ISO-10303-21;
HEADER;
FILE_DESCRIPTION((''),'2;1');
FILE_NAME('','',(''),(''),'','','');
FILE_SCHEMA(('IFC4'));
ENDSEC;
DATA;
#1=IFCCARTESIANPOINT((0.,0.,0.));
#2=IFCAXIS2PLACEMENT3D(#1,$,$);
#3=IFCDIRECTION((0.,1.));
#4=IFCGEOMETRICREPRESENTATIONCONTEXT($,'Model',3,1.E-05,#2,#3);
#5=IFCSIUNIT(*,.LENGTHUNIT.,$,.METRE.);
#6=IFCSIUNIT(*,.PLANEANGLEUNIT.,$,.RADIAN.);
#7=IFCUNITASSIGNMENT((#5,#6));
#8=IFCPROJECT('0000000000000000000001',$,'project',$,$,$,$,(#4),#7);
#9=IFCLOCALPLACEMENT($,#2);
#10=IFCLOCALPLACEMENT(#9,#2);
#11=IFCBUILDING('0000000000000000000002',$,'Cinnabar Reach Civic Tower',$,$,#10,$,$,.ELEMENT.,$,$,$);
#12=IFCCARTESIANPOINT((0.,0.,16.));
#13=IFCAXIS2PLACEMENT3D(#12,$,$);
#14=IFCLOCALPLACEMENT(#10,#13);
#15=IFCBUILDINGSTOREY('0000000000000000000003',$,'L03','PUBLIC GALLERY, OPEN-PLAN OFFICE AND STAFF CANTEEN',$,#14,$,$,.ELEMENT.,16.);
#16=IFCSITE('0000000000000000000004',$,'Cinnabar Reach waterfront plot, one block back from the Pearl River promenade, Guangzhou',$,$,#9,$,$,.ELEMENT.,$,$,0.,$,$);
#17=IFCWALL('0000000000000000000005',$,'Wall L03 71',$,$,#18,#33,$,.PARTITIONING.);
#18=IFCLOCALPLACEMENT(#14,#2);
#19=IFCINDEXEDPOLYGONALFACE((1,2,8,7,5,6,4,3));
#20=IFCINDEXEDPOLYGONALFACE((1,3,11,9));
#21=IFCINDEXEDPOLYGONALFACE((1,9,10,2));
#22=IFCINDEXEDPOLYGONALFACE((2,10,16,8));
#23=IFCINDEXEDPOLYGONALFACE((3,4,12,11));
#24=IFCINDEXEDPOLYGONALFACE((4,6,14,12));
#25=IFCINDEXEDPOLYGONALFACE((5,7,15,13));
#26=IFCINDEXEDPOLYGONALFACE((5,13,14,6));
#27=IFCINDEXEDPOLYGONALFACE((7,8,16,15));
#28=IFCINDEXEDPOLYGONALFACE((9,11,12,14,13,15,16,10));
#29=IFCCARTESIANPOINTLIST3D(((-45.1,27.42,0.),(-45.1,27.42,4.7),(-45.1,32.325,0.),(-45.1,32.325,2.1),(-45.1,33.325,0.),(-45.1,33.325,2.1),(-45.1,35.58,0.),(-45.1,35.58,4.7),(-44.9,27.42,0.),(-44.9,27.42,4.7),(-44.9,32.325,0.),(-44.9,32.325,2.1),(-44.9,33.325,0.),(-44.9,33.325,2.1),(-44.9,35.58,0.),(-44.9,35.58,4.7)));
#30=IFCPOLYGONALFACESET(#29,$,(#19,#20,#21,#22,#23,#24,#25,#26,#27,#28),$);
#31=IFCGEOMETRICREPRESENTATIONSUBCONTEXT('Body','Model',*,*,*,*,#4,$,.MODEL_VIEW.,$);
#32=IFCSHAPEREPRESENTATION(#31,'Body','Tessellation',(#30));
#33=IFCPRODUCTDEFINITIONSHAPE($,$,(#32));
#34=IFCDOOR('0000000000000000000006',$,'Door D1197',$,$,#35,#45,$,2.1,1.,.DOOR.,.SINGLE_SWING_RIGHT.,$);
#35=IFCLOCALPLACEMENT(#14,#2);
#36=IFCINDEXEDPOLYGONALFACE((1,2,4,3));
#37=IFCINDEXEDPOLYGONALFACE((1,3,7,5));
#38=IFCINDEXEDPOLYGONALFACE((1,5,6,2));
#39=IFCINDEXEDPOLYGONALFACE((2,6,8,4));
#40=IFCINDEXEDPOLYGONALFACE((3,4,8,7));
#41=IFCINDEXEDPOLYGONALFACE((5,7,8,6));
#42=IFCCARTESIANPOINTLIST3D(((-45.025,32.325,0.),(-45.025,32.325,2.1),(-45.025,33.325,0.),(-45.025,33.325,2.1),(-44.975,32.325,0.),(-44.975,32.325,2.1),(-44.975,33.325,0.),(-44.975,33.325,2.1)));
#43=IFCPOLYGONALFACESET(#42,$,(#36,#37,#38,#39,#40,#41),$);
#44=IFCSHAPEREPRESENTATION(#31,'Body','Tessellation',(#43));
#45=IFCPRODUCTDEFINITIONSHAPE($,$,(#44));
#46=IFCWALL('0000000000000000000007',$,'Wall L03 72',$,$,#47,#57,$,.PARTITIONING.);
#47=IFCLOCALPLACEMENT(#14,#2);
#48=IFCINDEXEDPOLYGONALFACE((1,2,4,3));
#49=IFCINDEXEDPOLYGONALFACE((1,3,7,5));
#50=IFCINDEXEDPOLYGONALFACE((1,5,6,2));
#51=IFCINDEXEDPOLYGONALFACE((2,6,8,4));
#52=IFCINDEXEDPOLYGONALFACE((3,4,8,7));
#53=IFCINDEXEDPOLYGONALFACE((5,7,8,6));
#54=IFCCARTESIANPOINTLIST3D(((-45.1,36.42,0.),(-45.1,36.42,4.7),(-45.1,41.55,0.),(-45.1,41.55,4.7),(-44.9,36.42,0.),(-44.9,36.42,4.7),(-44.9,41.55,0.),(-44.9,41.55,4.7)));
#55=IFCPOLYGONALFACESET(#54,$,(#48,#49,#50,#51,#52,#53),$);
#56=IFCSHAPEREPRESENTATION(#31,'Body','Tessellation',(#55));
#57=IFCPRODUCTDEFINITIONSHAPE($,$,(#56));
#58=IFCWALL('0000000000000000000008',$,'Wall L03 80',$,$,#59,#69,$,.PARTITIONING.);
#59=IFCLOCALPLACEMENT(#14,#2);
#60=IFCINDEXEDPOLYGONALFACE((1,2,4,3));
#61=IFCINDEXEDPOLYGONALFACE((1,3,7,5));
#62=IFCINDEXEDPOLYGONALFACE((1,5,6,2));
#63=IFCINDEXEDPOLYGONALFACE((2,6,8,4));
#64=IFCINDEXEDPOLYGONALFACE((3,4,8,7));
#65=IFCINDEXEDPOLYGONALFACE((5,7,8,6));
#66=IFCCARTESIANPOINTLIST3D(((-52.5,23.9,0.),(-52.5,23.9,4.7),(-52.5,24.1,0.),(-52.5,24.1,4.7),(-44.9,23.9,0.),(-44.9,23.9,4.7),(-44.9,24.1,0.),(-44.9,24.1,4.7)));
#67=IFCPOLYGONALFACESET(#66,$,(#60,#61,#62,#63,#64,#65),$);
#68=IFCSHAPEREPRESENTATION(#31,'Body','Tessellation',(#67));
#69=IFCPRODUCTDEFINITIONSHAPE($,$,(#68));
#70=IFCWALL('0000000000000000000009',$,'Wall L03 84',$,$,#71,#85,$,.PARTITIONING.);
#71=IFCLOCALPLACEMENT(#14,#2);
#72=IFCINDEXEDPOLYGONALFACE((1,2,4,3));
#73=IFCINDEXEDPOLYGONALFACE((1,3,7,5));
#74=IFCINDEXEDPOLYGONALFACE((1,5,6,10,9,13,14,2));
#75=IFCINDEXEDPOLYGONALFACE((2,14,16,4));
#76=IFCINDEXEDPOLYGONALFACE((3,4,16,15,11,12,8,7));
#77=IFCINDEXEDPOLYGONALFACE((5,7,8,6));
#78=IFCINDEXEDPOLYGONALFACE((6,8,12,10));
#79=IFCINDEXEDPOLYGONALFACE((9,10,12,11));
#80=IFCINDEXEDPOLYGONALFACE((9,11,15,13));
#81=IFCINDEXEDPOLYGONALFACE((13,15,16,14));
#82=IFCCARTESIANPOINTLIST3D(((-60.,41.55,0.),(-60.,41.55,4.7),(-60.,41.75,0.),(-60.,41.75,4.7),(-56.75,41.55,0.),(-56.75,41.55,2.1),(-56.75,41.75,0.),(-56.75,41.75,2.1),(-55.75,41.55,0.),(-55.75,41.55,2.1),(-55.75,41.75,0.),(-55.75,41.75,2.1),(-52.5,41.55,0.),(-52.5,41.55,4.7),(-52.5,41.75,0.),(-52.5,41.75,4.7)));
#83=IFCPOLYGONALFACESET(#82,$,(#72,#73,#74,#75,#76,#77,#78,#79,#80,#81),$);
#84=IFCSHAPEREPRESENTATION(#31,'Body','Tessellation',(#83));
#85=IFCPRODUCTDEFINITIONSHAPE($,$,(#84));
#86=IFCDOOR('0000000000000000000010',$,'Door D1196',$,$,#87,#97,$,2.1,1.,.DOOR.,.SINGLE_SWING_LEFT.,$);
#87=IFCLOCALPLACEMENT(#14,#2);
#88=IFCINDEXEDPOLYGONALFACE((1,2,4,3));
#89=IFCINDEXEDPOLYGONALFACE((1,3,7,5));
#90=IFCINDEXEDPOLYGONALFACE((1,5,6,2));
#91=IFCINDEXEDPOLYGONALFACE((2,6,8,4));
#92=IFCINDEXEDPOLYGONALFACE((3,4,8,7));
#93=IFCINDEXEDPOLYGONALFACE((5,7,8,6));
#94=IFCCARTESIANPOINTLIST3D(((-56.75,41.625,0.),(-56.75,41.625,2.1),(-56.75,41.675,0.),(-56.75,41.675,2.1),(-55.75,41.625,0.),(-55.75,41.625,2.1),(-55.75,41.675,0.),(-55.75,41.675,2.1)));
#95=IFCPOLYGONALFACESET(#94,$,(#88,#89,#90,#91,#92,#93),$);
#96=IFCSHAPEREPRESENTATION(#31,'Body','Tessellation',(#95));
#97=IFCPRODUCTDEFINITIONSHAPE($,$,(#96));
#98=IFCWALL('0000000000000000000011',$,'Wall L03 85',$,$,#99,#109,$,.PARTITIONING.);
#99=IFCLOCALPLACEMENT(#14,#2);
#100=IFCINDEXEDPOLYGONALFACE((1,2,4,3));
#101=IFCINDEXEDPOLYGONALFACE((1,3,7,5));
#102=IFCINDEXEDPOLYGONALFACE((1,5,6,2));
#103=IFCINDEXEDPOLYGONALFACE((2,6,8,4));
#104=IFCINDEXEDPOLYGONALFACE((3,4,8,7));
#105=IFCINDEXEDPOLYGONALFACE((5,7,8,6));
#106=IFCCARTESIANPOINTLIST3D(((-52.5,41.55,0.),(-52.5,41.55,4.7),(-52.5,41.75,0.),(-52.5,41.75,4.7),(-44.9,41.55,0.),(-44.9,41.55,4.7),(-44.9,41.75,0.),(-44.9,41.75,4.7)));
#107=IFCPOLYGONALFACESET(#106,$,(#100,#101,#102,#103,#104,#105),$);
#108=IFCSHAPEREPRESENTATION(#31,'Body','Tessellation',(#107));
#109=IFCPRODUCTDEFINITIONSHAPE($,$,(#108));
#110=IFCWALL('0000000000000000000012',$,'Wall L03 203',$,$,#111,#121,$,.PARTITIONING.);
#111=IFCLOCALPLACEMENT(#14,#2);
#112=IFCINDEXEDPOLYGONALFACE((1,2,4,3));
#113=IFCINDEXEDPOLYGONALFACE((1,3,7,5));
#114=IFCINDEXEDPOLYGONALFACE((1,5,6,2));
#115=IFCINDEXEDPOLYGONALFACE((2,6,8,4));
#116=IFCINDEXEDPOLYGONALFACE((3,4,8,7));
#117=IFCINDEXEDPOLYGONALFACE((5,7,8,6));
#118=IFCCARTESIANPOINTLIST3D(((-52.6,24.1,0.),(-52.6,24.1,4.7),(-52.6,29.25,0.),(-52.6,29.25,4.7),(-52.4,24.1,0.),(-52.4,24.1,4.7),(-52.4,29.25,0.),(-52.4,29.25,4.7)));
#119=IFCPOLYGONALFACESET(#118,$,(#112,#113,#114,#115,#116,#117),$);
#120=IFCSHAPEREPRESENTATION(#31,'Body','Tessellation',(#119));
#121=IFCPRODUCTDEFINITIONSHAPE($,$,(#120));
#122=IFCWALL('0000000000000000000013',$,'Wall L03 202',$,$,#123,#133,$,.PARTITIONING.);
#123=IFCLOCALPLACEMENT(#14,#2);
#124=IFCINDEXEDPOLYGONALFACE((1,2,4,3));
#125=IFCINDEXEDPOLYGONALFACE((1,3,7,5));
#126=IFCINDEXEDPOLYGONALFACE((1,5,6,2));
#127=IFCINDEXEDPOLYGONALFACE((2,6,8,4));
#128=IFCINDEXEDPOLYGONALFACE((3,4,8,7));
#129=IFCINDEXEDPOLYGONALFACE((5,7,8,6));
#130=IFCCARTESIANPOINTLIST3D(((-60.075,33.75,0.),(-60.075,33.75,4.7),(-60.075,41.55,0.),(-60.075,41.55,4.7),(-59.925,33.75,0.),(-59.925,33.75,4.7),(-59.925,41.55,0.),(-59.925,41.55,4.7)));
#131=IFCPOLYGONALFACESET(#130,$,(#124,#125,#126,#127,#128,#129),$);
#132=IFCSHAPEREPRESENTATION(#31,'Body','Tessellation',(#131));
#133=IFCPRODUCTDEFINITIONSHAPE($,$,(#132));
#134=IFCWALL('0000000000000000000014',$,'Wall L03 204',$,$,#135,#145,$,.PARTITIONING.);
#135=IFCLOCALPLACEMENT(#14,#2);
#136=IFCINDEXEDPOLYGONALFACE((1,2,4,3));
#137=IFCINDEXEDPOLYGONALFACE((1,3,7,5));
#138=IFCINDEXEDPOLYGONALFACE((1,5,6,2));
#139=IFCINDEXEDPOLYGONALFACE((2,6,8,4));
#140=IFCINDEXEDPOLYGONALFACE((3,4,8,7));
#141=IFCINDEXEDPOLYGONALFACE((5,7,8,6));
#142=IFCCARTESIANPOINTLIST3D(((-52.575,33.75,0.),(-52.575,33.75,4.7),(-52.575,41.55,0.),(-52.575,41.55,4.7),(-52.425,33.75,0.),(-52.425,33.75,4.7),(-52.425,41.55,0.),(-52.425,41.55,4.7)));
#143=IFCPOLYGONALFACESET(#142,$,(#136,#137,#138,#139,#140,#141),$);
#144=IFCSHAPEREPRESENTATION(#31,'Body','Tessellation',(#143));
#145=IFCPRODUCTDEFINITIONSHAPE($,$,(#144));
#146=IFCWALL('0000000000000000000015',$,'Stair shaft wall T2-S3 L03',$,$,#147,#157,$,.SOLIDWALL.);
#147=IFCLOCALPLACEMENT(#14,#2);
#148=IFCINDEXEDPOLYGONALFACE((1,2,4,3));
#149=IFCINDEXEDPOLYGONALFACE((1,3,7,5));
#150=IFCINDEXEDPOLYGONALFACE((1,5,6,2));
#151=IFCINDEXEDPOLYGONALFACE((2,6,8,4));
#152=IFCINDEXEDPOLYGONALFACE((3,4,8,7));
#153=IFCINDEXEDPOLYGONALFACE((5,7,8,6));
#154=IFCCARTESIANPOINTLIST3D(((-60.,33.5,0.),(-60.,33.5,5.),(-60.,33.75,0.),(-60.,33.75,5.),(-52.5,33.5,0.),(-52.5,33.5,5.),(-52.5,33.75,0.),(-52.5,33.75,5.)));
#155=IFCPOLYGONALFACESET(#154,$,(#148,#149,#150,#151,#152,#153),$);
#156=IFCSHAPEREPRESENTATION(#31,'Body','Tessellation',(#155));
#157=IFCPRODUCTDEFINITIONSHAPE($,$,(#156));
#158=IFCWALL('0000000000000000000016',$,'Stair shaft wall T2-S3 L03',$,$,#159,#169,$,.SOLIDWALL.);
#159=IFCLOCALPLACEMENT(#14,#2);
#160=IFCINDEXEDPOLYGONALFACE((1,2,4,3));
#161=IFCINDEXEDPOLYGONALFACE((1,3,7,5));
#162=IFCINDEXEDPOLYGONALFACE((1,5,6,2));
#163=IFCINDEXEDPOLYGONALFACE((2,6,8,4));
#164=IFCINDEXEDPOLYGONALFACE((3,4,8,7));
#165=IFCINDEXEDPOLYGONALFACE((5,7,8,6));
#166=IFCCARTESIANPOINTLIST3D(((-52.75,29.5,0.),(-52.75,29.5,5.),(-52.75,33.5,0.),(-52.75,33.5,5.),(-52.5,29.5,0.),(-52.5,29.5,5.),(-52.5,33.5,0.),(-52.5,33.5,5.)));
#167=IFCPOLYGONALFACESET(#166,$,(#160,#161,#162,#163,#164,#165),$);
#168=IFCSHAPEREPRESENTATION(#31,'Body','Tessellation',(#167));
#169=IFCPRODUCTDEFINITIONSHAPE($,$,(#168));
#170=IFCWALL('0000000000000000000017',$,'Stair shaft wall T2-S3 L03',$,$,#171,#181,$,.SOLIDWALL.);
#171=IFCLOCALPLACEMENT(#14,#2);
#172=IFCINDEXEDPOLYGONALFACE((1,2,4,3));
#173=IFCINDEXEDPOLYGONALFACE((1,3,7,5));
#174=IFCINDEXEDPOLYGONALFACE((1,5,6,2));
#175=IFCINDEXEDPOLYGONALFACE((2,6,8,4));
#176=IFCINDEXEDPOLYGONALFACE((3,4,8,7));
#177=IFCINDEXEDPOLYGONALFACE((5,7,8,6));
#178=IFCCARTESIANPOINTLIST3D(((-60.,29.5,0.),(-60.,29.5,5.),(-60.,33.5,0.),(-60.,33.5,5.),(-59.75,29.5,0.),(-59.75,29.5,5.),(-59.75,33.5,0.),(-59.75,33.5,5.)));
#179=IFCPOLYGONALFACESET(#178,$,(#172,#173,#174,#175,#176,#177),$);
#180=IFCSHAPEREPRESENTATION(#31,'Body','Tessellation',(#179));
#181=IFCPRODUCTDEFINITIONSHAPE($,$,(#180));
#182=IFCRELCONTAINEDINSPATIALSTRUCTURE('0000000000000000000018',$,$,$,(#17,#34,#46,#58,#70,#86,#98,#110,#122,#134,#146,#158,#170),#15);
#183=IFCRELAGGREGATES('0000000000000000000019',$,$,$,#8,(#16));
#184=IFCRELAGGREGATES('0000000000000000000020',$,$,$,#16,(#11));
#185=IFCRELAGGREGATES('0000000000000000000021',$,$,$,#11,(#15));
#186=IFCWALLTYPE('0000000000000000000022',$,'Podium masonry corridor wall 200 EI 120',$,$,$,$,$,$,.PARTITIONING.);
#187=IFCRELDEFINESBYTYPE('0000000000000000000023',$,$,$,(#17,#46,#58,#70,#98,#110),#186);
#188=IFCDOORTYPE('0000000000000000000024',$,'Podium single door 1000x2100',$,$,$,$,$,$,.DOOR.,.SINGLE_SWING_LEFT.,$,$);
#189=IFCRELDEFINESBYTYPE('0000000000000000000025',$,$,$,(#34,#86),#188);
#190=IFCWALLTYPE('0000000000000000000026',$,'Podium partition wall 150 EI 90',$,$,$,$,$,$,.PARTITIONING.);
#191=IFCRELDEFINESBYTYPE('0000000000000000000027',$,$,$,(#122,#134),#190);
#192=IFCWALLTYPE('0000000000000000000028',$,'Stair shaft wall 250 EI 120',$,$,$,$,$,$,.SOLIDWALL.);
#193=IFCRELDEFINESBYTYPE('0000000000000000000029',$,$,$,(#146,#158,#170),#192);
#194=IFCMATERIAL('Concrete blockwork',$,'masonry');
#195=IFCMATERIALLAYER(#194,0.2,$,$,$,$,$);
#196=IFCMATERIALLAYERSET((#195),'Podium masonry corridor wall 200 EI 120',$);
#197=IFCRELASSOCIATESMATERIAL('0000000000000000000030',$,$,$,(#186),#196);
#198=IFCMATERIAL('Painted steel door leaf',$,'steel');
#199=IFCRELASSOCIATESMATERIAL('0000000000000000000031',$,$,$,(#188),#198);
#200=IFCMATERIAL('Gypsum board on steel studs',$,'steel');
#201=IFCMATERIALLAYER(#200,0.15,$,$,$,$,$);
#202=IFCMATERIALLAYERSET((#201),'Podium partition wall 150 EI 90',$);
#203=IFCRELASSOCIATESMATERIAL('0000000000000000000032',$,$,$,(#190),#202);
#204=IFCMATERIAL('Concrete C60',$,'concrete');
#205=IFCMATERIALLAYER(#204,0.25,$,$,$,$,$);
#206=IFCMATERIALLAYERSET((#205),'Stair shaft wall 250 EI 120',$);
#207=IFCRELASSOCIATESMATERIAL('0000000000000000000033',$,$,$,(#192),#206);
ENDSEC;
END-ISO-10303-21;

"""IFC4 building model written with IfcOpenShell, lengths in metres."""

from ifc_helpers import new_model, si_unit, direction, frame, frame_2d, origin, place, context, subcontext, project, spatial, rectangle, extrude, material, layer, layer_set, type_object, element, fill, save


model = new_model("IFC4")

# Units and contexts
model_context = context("Model", 3, precision=1e-05, world=origin(), true_north=direction((0.0, 1.0)))
body_context = subcontext(model_context, "Body", "Model", "MODEL_VIEW")
ifc_project = project(units=[si_unit("LENGTHUNIT", "METRE"), si_unit("PLANEANGLEUNIT", "RADIAN")], contexts=[model_context])

# Site, building, storey
site_placement = place(None, origin())
site = spatial("IfcSite", under=ifc_project, at=site_placement, Name="Cinnabar Reach waterfront plot, one block back from the Pearl River promenade, Guangzhou", CompositionType="ELEMENT", RefElevation=0.0)
building_placement = place(site_placement, origin())
building = spatial("IfcBuilding", under=site, at=building_placement, Name="Cinnabar Reach Civic Tower", CompositionType="ELEMENT")
storey_placement = place(building_placement, frame((0.0, 0.0, 16.0)))
storey = spatial("IfcBuildingStorey", under=building, at=storey_placement, Name="L03", Description="PUBLIC GALLERY, OPEN-PLAN OFFICE AND STAFF CANTEEN", CompositionType="ELEMENT", Elevation=16.0)

# Shared definitions
ifc_material_1 = material(Name="Concrete C60", Category="concrete")

# Shared definitions
ifc_material_2 = material(Name="Concrete blockwork", Category="masonry")
ifc_layer_1 = layer(ifc_material_2, 0.2)
ifc_layer_set_1 = layer_set([ifc_layer_1], Name="Podium masonry corridor wall 200 EI 120")
wall_type_1 = type_object("IfcWallType", Name="Podium masonry corridor wall 200 EI 120", PredefinedType="PARTITIONING", material=ifc_layer_set_1)

# Wall, opening, door
wall_1_placement = place(storey_placement, frame((-45.0, 27.42, 0.0), z_axis=(0.0, 0.0, 1.0), x_axis=(0.0, 1.0, 0.0)))
wall_1 = element("IfcWall", 1, at=wall_1_placement, inside=storey, type_object=wall_type_1, Name="Wall L03 71", PredefinedType="PARTITIONING", context=body_context, shape_type="SweptSolid", body=[
    extrude(rectangle(XDim=8.16, YDim=0.2, at=frame_2d((4.08, 0.0))), origin(), (0.0, 0.0, 1.0), 4.7),
])
opening_1_placement = place(wall_1_placement, frame((4.905, 0.0, 0.0)))
opening_1 = element("IfcOpeningElement", 2, at=opening_1_placement, cuts=wall_1, PredefinedType="OPENING", context=body_context, shape_type="SweptSolid", body=[
    extrude(rectangle(XDim=1.0, YDim=2.1, at=frame_2d((0.5, 1.05))), frame((0.0, 0.11, 0.0), z_axis=(0.0, -1.0, 0.0), x_axis=(1.0, 0.0, 0.0)), (0.0, 0.0, 1.0), 0.22),
])
ifc_material_3 = material(Name="Painted steel door leaf", Category="steel")
door_type_1 = type_object("IfcDoorType", Name="Podium single door 1000x2100", OperationType="SINGLE_SWING_LEFT", PredefinedType="DOOR", material=ifc_material_3)
door_1_placement = place(opening_1_placement, origin())
door_1 = element("IfcDoor", 3, at=door_1_placement, inside=storey, type_object=door_type_1, Name="Door D1197", OperationType="SINGLE_SWING_RIGHT", OverallHeight=2.1, OverallWidth=1.0, PredefinedType="DOOR", context=body_context, shape_type="SweptSolid", body=[
    extrude(rectangle(XDim=1.0, YDim=2.1, at=frame_2d((0.5, 1.05))), frame((0.0, 0.025, 0.0), z_axis=(0.0, -1.0, 0.0), x_axis=(1.0, 0.0, 0.0)), (0.0, 0.0, 1.0), 0.05),
])
fill(opening_1, door_1)

# Walls
wall_2_placement = place(storey_placement, frame((-45.0, 36.42, 0.0), z_axis=(0.0, 0.0, 1.0), x_axis=(0.0, 1.0, 0.0)))
element("IfcWall", 4, at=wall_2_placement, inside=storey, type_object=wall_type_1, Name="Wall L03 72", PredefinedType="PARTITIONING", context=body_context, shape_type="SweptSolid", body=[
    extrude(rectangle(XDim=5.13, YDim=0.2, at=frame_2d((2.565, 0.0))), origin(), (0.0, 0.0, 1.0), 4.7),
])
wall_3_placement = place(storey_placement, frame((-52.5, 24.0, 0.0), z_axis=(0.0, 0.0, 1.0), x_axis=(1.0, 0.0, 0.0)))
element("IfcWall", 5, at=wall_3_placement, inside=storey, type_object=wall_type_1, Name="Wall L03 80", PredefinedType="PARTITIONING", context=body_context, shape_type="SweptSolid", body=[
    extrude(rectangle(XDim=7.6, YDim=0.2, at=frame_2d((3.8, 0.0))), origin(), (0.0, 0.0, 1.0), 4.7),
])

# Wall, opening, door
wall_4_placement = place(storey_placement, frame((-60.0, 41.65, 0.0), z_axis=(0.0, 0.0, 1.0), x_axis=(1.0, 0.0, 0.0)))
wall_4 = element("IfcWall", 6, at=wall_4_placement, inside=storey, type_object=wall_type_1, Name="Wall L03 84", PredefinedType="PARTITIONING", context=body_context, shape_type="SweptSolid", body=[
    extrude(rectangle(XDim=7.5, YDim=0.2, at=frame_2d((3.75, 0.0))), origin(), (0.0, 0.0, 1.0), 4.7),
])
opening_2_placement = place(wall_4_placement, frame((3.25, 0.0, 0.0)))
opening_2 = element("IfcOpeningElement", 7, at=opening_2_placement, cuts=wall_4, PredefinedType="OPENING", context=body_context, shape_type="SweptSolid", body=[
    extrude(rectangle(XDim=1.0, YDim=2.1, at=frame_2d((0.5, 1.05))), frame((0.0, 0.11, 0.0), z_axis=(0.0, -1.0, 0.0), x_axis=(1.0, 0.0, 0.0)), (0.0, 0.0, 1.0), 0.22),
])
door_2_placement = place(opening_2_placement, frame((1.0, 0.0, 0.0), z_axis=(0.0, 0.0, 1.0), x_axis=(-1.0, 0.0, 0.0)))
door_2 = element("IfcDoor", 8, at=door_2_placement, inside=storey, type_object=door_type_1, Name="Door D1196", OperationType="SINGLE_SWING_LEFT", OverallHeight=2.1, OverallWidth=1.0, PredefinedType="DOOR", context=body_context, shape_type="SweptSolid", body=[
    extrude(rectangle(XDim=1.0, YDim=2.1, at=frame_2d((0.5, 1.05))), frame((0.0, 0.025, 0.0), z_axis=(0.0, -1.0, 0.0), x_axis=(1.0, 0.0, 0.0)), (0.0, 0.0, 1.0), 0.05),
])
fill(opening_2, door_2)

# Walls
wall_5_placement = place(storey_placement, frame((-52.5, 41.65, 0.0), z_axis=(0.0, 0.0, 1.0), x_axis=(1.0, 0.0, 0.0)))
element("IfcWall", 9, at=wall_5_placement, inside=storey, type_object=wall_type_1, Name="Wall L03 85", PredefinedType="PARTITIONING", context=body_context, shape_type="SweptSolid", body=[
    extrude(rectangle(XDim=7.6, YDim=0.2, at=frame_2d((3.8, 0.0))), origin(), (0.0, 0.0, 1.0), 4.7),
])
wall_6_placement = place(storey_placement, frame((-52.5, 24.1, 0.0), z_axis=(0.0, 0.0, 1.0), x_axis=(0.0, 1.0, 0.0)))
element("IfcWall", 10, at=wall_6_placement, inside=storey, type_object=wall_type_1, Name="Wall L03 203", PredefinedType="PARTITIONING", context=body_context, shape_type="SweptSolid", body=[
    extrude(rectangle(XDim=5.15, YDim=0.2, at=frame_2d((2.575, 0.0))), origin(), (0.0, 0.0, 1.0), 4.7),
])
ifc_material_4 = material(Name="Gypsum board on steel studs", Category="steel")
ifc_layer_2 = layer(ifc_material_4, 0.15)
ifc_layer_set_2 = layer_set([ifc_layer_2], Name="Podium partition wall 150 EI 90")
wall_type_2 = type_object("IfcWallType", Name="Podium partition wall 150 EI 90", PredefinedType="PARTITIONING", material=ifc_layer_set_2)
for number, where, z_axis, x_axis, name in (
    (11, (-60.0, 33.75, 0.0), (0.0, 0.0, 1.0), (0.0, 1.0, 0.0), "Wall L03 202"),
    (12, (-52.5, 33.75, 0.0), (0.0, 0.0, 1.0), (0.0, 1.0, 0.0), "Wall L03 204"),
):
    element("IfcWall", number, at=place(storey_placement, frame(where, z_axis=z_axis, x_axis=x_axis)), inside=storey, type_object=wall_type_2, Name=name, PredefinedType="PARTITIONING", context=body_context, shape_type="SweptSolid", body=[
        extrude(rectangle(XDim=7.8, YDim=0.15, at=frame_2d((3.9, 0.0))), origin(), (0.0, 0.0, 1.0), 4.7),
    ])
ifc_layer_3 = layer(ifc_material_1, 0.25)
ifc_layer_set_3 = layer_set([ifc_layer_3], Name="Stair shaft wall 250 EI 120")
wall_type_3 = type_object("IfcWallType", Name="Stair shaft wall 250 EI 120", PredefinedType="SOLIDWALL", material=ifc_layer_set_3)
wall_7_placement = place(storey_placement, frame((-52.5, 33.625, 0.0), z_axis=(0.0, 0.0, 1.0), x_axis=(-1.0, 0.0, 0.0)))
element("IfcWall", 13, at=wall_7_placement, inside=storey, type_object=wall_type_3, Name="Stair shaft wall T2-S3 L03", PredefinedType="SOLIDWALL", context=body_context, shape_type="SweptSolid", body=[
    extrude(rectangle(XDim=7.5, YDim=0.25, at=frame_2d((3.75, 0.0))), origin(), (0.0, 0.0, 1.0), 5.0),
])
for number, where, z_axis, x_axis, name in (
    (14, (-52.625, 29.5, 0.0), (0.0, 0.0, 1.0), (0.0, 1.0, 0.0), "Stair shaft wall T2-S3 L03"),
    (15, (-59.875, 33.5, 0.0), (0.0, 0.0, 1.0), (0.0, -1.0, 0.0), "Stair shaft wall T2-S3 L03"),
):
    element("IfcWall", number, at=place(storey_placement, frame(where, z_axis=z_axis, x_axis=x_axis)), inside=storey, type_object=wall_type_3, Name=name, PredefinedType="SOLIDWALL", context=body_context, shape_type="SweptSolid", body=[
        extrude(rectangle(XDim=4.0, YDim=0.25, at=frame_2d((2.0, 0.0))), origin(), (0.0, 0.0, 1.0), 5.0),
    ])

save(model, "model.ifc")
